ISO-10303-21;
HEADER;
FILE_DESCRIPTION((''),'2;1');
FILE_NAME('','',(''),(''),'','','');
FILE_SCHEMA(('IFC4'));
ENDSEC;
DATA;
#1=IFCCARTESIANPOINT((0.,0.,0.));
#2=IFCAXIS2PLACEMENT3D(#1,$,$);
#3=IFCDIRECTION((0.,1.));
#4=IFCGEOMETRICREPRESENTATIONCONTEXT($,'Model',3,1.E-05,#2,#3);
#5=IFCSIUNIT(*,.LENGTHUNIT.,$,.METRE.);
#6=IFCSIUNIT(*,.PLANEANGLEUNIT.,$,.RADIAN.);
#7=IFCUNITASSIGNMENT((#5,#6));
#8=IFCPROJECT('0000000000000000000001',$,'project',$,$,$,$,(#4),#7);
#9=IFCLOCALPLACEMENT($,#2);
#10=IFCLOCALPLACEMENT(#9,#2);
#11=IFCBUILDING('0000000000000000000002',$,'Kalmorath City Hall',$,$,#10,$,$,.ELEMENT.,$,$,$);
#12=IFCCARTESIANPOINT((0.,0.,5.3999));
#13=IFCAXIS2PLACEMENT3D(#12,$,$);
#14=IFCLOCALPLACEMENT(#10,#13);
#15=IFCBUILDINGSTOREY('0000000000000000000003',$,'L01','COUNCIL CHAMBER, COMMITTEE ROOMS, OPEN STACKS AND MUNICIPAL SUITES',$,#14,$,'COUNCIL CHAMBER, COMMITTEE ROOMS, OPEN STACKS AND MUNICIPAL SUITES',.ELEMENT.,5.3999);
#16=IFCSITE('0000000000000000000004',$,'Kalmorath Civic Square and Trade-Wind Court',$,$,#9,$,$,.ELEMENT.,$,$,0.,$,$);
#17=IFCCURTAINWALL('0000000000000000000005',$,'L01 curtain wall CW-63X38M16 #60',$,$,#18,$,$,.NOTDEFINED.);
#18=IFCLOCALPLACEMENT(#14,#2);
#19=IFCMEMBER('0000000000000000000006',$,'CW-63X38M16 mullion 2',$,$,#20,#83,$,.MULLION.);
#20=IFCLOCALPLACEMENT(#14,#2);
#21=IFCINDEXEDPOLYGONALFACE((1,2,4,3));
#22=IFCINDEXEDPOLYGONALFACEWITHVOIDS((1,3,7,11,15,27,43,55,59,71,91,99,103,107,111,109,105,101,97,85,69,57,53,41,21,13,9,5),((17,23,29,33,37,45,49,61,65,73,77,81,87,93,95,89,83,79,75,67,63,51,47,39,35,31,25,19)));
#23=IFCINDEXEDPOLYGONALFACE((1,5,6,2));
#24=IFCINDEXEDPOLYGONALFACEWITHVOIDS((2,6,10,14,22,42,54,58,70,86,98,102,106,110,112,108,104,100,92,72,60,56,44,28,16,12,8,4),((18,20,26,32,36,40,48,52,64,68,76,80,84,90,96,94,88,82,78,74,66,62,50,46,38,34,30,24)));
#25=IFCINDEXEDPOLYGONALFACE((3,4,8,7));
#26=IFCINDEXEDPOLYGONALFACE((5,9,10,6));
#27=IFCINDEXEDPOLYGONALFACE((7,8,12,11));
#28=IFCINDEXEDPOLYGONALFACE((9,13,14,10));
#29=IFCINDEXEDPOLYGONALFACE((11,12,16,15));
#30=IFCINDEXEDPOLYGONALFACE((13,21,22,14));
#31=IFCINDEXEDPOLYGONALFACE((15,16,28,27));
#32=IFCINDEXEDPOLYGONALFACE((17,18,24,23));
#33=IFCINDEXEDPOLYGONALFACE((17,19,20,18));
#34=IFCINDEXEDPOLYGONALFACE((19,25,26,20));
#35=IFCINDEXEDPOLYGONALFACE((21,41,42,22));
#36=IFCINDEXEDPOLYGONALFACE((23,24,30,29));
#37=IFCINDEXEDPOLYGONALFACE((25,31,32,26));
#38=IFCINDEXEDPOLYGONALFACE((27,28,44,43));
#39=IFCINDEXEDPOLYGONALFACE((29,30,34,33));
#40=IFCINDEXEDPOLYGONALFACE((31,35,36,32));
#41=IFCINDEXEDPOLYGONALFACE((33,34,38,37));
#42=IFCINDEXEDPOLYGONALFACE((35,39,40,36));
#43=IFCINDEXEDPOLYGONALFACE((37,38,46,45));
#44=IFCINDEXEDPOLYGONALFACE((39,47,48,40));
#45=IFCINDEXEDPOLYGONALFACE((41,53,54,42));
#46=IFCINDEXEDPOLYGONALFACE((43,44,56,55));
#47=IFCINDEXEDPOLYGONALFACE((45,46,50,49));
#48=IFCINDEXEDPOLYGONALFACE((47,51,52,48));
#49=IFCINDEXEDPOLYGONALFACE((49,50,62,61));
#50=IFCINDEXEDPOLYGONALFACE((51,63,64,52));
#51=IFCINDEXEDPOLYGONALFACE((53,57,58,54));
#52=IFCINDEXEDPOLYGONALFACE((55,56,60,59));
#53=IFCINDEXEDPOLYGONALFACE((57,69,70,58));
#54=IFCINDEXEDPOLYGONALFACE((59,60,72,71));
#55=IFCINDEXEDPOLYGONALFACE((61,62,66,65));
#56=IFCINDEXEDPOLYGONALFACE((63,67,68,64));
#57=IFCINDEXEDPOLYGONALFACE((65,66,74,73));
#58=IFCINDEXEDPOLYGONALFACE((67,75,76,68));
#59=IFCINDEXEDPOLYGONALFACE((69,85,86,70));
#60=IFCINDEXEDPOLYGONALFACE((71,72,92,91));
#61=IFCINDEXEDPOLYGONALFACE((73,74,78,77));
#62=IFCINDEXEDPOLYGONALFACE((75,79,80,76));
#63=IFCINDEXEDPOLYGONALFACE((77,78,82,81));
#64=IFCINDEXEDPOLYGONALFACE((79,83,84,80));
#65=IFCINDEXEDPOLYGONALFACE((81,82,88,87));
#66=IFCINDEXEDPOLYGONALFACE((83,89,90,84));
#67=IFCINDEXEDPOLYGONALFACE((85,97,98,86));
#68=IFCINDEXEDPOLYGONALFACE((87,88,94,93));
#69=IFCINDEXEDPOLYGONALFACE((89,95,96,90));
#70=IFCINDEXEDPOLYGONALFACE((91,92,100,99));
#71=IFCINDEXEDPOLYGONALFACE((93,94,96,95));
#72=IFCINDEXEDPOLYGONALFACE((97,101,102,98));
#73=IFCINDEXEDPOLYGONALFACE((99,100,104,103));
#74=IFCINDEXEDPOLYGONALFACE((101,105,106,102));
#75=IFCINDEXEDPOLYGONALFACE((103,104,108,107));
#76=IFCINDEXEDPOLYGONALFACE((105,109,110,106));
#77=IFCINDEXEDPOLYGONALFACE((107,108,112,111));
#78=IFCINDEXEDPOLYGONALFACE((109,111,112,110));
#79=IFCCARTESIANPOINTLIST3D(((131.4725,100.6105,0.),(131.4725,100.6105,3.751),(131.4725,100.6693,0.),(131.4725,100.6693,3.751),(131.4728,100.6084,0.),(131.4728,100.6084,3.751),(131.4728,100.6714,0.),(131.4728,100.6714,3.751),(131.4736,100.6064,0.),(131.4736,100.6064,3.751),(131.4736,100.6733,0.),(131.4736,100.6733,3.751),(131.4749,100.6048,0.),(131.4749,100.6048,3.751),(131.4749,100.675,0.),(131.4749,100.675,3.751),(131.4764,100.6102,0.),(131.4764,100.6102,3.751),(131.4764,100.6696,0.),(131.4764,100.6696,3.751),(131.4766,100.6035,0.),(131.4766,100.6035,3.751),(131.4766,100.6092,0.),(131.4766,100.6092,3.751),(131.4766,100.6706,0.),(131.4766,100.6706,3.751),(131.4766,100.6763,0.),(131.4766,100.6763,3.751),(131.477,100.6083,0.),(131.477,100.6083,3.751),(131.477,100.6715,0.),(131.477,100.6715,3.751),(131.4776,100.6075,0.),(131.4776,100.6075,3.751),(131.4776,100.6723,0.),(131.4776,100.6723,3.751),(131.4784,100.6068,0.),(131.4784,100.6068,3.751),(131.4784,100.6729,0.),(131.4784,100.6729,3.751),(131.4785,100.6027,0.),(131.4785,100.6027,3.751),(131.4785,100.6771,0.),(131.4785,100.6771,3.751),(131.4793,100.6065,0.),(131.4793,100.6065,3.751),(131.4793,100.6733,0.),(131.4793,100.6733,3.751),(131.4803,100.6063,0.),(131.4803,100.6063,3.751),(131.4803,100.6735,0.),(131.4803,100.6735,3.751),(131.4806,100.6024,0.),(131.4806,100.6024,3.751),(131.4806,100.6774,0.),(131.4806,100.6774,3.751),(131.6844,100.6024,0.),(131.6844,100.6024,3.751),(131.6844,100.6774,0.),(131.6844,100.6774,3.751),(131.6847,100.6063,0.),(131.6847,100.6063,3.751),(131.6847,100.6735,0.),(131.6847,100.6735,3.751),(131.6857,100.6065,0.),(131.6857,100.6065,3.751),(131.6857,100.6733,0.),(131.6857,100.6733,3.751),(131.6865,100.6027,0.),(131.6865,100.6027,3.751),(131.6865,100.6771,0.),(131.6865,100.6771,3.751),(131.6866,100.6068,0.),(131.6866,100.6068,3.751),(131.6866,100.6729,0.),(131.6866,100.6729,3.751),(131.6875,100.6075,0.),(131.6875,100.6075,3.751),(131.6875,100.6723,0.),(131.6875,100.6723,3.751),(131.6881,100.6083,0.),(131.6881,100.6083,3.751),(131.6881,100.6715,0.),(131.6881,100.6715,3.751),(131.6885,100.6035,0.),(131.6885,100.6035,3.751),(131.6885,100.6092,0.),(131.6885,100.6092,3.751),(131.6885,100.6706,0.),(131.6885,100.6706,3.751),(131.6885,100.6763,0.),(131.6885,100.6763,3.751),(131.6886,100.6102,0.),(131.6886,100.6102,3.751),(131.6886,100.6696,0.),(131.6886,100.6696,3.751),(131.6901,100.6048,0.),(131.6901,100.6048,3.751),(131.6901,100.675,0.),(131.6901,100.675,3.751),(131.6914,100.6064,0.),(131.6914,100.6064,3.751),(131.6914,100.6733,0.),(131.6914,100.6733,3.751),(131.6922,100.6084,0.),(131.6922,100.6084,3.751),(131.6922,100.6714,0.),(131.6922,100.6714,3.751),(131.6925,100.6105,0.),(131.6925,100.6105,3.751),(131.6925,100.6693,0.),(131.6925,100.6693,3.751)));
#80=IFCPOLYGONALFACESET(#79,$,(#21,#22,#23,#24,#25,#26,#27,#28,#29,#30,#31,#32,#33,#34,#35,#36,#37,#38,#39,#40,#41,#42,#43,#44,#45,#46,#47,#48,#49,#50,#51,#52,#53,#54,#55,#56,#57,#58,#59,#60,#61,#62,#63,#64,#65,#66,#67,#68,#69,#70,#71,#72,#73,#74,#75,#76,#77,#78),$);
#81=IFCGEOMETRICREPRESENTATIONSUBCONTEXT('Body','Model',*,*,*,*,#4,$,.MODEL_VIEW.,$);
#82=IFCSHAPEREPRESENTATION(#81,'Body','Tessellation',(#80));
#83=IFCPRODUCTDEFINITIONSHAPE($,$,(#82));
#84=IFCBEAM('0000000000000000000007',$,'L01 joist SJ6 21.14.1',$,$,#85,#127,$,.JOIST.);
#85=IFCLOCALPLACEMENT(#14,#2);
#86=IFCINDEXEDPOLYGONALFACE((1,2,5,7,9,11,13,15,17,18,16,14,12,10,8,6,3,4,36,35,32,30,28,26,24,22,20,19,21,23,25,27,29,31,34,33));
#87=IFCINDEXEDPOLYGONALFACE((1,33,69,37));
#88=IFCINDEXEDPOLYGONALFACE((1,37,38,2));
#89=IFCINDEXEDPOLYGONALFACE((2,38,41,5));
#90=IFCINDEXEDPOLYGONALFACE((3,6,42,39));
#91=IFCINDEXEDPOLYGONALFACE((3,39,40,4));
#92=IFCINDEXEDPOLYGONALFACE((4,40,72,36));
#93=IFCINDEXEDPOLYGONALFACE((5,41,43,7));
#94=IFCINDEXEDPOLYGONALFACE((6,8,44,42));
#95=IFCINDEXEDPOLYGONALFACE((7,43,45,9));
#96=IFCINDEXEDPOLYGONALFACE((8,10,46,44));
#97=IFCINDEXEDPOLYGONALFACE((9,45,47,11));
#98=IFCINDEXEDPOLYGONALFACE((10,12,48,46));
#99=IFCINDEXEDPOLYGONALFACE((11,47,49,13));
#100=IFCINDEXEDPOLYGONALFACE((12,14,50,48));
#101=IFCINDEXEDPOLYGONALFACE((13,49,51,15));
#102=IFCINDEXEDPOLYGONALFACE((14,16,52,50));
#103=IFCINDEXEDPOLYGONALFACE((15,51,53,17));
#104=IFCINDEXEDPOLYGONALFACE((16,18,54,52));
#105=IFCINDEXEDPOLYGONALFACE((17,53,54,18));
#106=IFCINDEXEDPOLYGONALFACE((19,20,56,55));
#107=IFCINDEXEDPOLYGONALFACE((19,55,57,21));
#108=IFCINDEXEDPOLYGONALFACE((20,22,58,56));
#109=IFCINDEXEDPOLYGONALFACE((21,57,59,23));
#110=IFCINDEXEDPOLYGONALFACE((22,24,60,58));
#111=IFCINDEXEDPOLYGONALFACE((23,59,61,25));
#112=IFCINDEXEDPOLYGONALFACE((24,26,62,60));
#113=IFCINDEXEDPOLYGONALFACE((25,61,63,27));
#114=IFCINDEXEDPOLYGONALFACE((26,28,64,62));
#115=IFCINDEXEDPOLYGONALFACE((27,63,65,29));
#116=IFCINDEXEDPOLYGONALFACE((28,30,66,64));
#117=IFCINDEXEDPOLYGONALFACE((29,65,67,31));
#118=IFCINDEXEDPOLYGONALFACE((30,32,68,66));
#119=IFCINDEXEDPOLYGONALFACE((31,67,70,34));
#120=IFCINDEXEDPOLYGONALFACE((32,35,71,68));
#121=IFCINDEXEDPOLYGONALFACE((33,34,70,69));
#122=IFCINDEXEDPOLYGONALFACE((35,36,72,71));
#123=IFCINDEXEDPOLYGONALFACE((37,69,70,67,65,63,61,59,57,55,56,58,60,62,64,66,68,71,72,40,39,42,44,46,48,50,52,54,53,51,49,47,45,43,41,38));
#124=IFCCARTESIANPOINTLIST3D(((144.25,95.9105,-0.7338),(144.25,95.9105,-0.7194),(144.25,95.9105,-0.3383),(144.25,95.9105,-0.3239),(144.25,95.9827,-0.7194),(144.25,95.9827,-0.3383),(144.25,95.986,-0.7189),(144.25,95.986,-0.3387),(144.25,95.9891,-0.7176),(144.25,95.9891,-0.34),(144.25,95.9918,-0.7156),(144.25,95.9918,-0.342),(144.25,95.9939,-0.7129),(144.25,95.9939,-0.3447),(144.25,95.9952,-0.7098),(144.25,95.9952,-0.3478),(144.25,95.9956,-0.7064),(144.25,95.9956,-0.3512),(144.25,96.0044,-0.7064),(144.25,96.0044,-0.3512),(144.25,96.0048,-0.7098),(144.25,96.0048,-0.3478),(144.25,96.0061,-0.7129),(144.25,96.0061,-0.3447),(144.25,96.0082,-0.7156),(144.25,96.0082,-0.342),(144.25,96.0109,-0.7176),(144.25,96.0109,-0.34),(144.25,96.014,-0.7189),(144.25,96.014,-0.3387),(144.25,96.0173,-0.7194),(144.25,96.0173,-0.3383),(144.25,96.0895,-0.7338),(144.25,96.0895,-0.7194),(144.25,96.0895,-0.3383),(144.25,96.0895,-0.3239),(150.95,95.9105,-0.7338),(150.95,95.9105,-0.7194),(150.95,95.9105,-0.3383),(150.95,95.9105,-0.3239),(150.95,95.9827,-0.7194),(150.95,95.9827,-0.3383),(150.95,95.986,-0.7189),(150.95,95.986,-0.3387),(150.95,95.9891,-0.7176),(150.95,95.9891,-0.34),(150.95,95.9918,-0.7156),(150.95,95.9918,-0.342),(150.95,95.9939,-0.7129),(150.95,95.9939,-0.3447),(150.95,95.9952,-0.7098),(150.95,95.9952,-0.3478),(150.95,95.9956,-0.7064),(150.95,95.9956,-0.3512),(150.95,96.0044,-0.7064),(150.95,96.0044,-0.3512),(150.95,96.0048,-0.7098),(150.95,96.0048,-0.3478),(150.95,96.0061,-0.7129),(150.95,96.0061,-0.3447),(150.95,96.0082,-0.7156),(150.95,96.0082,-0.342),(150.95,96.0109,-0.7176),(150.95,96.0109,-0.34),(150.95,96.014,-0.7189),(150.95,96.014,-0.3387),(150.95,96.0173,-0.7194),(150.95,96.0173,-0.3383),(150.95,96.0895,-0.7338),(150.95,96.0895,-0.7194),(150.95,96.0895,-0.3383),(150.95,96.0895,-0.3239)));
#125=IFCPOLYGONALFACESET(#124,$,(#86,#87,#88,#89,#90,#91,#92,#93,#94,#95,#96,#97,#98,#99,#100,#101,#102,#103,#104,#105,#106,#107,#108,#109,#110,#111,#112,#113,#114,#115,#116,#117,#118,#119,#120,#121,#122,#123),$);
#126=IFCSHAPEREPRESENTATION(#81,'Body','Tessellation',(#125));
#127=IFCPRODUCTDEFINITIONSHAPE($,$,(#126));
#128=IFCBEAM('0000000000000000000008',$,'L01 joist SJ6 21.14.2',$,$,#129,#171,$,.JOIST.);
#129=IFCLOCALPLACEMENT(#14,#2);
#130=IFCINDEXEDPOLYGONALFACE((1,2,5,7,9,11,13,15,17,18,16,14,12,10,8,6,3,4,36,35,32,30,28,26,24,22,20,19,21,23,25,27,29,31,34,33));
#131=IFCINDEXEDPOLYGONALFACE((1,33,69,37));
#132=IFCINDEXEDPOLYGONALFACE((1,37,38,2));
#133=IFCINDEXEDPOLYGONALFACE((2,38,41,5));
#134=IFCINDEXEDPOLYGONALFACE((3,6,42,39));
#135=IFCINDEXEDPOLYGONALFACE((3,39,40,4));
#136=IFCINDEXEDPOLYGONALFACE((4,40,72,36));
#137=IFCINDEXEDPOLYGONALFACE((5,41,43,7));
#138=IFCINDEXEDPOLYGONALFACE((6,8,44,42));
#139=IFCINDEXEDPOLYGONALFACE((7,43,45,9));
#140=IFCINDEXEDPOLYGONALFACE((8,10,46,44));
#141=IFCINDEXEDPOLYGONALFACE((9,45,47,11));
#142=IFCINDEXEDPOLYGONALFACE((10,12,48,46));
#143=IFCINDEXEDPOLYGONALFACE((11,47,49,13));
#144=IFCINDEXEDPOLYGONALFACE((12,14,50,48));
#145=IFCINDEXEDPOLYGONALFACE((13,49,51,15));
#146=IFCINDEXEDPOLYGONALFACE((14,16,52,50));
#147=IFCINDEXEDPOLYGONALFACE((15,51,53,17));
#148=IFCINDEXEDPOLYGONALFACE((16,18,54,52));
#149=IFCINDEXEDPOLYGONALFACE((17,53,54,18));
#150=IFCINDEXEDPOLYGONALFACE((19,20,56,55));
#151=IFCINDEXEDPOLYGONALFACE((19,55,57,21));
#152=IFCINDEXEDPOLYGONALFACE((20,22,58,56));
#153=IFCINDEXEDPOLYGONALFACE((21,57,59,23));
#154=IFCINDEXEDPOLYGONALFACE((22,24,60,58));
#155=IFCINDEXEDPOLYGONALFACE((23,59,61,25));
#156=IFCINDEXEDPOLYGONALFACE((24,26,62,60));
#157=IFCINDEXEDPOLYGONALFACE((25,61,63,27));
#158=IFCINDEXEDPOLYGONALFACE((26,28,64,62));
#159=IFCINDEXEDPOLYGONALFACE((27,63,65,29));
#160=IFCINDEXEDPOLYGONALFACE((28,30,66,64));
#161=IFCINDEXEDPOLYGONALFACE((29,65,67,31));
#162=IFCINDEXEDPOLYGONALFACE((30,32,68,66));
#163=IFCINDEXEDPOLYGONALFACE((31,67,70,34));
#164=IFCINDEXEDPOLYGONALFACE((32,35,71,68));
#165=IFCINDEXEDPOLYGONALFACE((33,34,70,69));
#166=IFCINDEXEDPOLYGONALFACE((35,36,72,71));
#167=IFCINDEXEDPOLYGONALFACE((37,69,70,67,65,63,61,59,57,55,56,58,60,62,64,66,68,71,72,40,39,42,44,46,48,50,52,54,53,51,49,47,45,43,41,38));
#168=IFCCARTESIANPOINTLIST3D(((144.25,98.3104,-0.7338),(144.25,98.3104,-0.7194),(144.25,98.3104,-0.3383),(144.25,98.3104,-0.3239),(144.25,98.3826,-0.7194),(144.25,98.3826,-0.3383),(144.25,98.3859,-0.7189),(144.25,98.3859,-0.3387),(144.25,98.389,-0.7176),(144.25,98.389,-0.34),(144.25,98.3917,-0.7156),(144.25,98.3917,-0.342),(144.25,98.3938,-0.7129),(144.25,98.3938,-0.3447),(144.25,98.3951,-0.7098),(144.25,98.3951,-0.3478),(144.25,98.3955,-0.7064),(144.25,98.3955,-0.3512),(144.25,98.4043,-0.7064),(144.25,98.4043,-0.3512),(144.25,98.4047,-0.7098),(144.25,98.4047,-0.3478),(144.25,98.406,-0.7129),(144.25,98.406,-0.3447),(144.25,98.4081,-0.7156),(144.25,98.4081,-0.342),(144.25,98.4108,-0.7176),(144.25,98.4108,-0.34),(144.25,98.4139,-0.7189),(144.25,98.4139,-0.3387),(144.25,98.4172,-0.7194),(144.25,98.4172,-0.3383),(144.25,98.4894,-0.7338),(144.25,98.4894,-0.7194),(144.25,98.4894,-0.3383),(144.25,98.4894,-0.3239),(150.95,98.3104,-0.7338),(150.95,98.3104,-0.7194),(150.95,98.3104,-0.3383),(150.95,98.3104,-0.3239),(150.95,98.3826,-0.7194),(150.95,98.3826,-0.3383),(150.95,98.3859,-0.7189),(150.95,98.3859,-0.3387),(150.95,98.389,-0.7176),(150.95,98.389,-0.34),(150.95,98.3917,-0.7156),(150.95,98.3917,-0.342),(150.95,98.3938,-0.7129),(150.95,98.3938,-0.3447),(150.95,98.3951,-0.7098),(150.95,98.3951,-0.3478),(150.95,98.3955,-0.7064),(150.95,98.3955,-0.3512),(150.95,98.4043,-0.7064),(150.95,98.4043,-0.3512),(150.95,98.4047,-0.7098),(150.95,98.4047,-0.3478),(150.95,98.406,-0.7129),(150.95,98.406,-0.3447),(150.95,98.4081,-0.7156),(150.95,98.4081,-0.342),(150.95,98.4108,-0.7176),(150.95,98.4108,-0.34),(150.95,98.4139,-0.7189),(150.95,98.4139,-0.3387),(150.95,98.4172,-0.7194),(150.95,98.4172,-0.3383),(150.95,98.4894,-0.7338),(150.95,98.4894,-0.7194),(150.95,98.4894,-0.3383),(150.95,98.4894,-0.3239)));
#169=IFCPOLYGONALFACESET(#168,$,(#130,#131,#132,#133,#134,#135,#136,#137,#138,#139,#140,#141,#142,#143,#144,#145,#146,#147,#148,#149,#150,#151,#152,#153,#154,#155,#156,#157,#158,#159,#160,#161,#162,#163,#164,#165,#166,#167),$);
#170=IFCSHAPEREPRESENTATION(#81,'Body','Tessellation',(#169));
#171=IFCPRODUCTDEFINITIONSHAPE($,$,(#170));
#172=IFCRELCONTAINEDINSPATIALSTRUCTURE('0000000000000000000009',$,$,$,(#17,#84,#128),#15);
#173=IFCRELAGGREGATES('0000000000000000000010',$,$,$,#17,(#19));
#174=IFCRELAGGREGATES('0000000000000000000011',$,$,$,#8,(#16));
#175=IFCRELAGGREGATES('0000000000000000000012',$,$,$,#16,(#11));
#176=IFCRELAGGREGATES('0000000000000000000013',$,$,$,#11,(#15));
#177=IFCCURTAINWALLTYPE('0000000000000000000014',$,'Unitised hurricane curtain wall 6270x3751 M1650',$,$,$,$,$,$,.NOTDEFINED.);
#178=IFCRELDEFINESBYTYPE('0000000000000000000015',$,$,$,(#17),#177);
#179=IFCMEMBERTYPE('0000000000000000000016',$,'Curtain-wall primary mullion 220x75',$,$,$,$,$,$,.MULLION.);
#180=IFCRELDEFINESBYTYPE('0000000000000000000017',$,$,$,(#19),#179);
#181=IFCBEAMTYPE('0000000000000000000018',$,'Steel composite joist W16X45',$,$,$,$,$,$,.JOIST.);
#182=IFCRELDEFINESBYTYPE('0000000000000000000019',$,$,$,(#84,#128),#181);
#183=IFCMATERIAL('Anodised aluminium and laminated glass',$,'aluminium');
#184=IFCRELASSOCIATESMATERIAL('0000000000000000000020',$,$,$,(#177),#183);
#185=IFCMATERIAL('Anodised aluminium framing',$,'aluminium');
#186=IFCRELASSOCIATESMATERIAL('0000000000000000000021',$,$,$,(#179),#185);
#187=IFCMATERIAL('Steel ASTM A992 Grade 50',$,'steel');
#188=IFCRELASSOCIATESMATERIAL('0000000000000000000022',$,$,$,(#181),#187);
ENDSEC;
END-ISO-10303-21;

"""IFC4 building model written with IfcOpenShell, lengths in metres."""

from ifc_helpers import new_model, si_unit, direction, frame, origin, origin_2d, place, context, subcontext, project, spatial, hollow_rectangle, i_section, extrude, material, material_profile, profile_set, type_object, element, aggregate, save


model = new_model("IFC4")

# Units and contexts
model_context = context("Model", 3, precision=1e-05, world=origin(), true_north=direction((0.0, 1.0)))
body_context = subcontext(model_context, "Body", "Model", "MODEL_VIEW")
ifc_project = project(units=[si_unit("LENGTHUNIT", "METRE"), si_unit("PLANEANGLEUNIT", "RADIAN")], contexts=[model_context])

# Site, building, storey
site_placement = place(None, origin())
site = spatial("IfcSite", under=ifc_project, at=site_placement, Name="Kalmorath Civic Square and Trade-Wind Court", CompositionType="ELEMENT", RefElevation=0.0)
building_placement = place(site_placement, origin())
building = spatial("IfcBuilding", under=site, at=building_placement, Name="Kalmorath City Hall", CompositionType="ELEMENT")
storey_placement = place(building_placement, frame((0.0, 0.0, 5.3999)))
storey = spatial("IfcBuildingStorey", under=building, at=storey_placement, Name="L01", Description="COUNCIL CHAMBER, COMMITTEE ROOMS, OPEN STACKS AND MUNICIPAL SUITES", LongName="COUNCIL CHAMBER, COMMITTEE ROOMS, OPEN STACKS AND MUNICIPAL SUITES", CompositionType="ELEMENT", Elevation=5.3999)

# Curtain wall, member
ifc_material_1 = material(Name="Anodised aluminium and laminated glass", Category="aluminium")
curtain_wall_type = type_object("IfcCurtainWallType", Name="Unitised hurricane curtain wall 6270x3751 M1650", PredefinedType="NOTDEFINED", material=ifc_material_1)
curtain_wall_placement = place(storey_placement, origin())
curtain_wall = element("IfcCurtainWall", 1, at=curtain_wall_placement, inside=storey, type_object=curtain_wall_type, Name="L01 curtain wall CW-63X38M16 #60", PredefinedType="NOTDEFINED")
ifc_material_2 = material(Name="Anodised aluminium framing", Category="aluminium")
ifc_material_profile_1 = material_profile(ifc_material_2, hollow_rectangle(XDim=0.075, YDim=0.22, WallThickness=0.0039, InnerFilletRadius=0.0039, OuterFilletRadius=0.0081, at=origin_2d()), Name="ALU-MUL-220X75X4")
ifc_profile_set_1 = profile_set([ifc_material_profile_1], Name="Anodised aluminium framing")
member_type_1 = type_object("IfcMemberType", Name="Curtain-wall primary mullion 220x75", PredefinedType="MULLION", material=ifc_profile_set_1)
member_1_placement = place(storey_placement, frame((131.5825, 100.6399, 0.0), z_axis=(0.0, 0.0, 1.0), x_axis=(0.0, 1.0, 0.0)))
member_1 = element("IfcMember", 2, at=member_1_placement, type_object=member_type_1, Name="CW-63X38M16 mullion 2", PredefinedType="MULLION", context=body_context, shape_type="SweptSolid", body=[
    extrude(hollow_rectangle(XDim=0.075, YDim=0.22, WallThickness=0.0039, InnerFilletRadius=0.0039, OuterFilletRadius=0.0081, at=origin_2d()), origin(), (0.0, 0.0, 1.0), 3.751),
])

# Beams
ifc_material_3 = material(Name="Steel ASTM A992 Grade 50", Category="steel")
ifc_material_profile_2 = material_profile(ifc_material_3, i_section(OverallWidth=0.179, OverallDepth=0.4099, WebThickness=0.0088, FlangeThickness=0.0144, FilletRadius=0.0129, at=origin_2d()), Name="W16X45")
ifc_profile_set_2 = profile_set([ifc_material_profile_2], Name="Steel ASTM A992 Grade 50")
beam_type_1 = type_object("IfcBeamType", Name="Steel composite joist W16X45", PredefinedType="JOIST", material=ifc_profile_set_2)
for number, where, z_axis, x_axis, name in (
    (3, (144.25, 96.0, -0.5288), (1.0, 0.0, 0.0), (0.0, 1.0, 0.0), "L01 joist SJ6 21.14.1"),
    (4, (144.25, 98.3999, -0.5288), (1.0, 0.0, 0.0), (0.0, 1.0, 0.0), "L01 joist SJ6 21.14.2"),
):
    element("IfcBeam", number, at=place(storey_placement, frame(where, z_axis=z_axis, x_axis=x_axis)), inside=storey, type_object=beam_type_1, Name=name, PredefinedType="JOIST", context=body_context, shape_type="SweptSolid", body=[
        extrude(i_section(OverallWidth=0.179, OverallDepth=0.4099, WebThickness=0.0088, FlangeThickness=0.0144, FilletRadius=0.0129, at=origin_2d()), origin(), (0.0, 0.0, 1.0), 6.7),
    ])

aggregate(curtain_wall, [member_1])

save(model, "model.ifc")
